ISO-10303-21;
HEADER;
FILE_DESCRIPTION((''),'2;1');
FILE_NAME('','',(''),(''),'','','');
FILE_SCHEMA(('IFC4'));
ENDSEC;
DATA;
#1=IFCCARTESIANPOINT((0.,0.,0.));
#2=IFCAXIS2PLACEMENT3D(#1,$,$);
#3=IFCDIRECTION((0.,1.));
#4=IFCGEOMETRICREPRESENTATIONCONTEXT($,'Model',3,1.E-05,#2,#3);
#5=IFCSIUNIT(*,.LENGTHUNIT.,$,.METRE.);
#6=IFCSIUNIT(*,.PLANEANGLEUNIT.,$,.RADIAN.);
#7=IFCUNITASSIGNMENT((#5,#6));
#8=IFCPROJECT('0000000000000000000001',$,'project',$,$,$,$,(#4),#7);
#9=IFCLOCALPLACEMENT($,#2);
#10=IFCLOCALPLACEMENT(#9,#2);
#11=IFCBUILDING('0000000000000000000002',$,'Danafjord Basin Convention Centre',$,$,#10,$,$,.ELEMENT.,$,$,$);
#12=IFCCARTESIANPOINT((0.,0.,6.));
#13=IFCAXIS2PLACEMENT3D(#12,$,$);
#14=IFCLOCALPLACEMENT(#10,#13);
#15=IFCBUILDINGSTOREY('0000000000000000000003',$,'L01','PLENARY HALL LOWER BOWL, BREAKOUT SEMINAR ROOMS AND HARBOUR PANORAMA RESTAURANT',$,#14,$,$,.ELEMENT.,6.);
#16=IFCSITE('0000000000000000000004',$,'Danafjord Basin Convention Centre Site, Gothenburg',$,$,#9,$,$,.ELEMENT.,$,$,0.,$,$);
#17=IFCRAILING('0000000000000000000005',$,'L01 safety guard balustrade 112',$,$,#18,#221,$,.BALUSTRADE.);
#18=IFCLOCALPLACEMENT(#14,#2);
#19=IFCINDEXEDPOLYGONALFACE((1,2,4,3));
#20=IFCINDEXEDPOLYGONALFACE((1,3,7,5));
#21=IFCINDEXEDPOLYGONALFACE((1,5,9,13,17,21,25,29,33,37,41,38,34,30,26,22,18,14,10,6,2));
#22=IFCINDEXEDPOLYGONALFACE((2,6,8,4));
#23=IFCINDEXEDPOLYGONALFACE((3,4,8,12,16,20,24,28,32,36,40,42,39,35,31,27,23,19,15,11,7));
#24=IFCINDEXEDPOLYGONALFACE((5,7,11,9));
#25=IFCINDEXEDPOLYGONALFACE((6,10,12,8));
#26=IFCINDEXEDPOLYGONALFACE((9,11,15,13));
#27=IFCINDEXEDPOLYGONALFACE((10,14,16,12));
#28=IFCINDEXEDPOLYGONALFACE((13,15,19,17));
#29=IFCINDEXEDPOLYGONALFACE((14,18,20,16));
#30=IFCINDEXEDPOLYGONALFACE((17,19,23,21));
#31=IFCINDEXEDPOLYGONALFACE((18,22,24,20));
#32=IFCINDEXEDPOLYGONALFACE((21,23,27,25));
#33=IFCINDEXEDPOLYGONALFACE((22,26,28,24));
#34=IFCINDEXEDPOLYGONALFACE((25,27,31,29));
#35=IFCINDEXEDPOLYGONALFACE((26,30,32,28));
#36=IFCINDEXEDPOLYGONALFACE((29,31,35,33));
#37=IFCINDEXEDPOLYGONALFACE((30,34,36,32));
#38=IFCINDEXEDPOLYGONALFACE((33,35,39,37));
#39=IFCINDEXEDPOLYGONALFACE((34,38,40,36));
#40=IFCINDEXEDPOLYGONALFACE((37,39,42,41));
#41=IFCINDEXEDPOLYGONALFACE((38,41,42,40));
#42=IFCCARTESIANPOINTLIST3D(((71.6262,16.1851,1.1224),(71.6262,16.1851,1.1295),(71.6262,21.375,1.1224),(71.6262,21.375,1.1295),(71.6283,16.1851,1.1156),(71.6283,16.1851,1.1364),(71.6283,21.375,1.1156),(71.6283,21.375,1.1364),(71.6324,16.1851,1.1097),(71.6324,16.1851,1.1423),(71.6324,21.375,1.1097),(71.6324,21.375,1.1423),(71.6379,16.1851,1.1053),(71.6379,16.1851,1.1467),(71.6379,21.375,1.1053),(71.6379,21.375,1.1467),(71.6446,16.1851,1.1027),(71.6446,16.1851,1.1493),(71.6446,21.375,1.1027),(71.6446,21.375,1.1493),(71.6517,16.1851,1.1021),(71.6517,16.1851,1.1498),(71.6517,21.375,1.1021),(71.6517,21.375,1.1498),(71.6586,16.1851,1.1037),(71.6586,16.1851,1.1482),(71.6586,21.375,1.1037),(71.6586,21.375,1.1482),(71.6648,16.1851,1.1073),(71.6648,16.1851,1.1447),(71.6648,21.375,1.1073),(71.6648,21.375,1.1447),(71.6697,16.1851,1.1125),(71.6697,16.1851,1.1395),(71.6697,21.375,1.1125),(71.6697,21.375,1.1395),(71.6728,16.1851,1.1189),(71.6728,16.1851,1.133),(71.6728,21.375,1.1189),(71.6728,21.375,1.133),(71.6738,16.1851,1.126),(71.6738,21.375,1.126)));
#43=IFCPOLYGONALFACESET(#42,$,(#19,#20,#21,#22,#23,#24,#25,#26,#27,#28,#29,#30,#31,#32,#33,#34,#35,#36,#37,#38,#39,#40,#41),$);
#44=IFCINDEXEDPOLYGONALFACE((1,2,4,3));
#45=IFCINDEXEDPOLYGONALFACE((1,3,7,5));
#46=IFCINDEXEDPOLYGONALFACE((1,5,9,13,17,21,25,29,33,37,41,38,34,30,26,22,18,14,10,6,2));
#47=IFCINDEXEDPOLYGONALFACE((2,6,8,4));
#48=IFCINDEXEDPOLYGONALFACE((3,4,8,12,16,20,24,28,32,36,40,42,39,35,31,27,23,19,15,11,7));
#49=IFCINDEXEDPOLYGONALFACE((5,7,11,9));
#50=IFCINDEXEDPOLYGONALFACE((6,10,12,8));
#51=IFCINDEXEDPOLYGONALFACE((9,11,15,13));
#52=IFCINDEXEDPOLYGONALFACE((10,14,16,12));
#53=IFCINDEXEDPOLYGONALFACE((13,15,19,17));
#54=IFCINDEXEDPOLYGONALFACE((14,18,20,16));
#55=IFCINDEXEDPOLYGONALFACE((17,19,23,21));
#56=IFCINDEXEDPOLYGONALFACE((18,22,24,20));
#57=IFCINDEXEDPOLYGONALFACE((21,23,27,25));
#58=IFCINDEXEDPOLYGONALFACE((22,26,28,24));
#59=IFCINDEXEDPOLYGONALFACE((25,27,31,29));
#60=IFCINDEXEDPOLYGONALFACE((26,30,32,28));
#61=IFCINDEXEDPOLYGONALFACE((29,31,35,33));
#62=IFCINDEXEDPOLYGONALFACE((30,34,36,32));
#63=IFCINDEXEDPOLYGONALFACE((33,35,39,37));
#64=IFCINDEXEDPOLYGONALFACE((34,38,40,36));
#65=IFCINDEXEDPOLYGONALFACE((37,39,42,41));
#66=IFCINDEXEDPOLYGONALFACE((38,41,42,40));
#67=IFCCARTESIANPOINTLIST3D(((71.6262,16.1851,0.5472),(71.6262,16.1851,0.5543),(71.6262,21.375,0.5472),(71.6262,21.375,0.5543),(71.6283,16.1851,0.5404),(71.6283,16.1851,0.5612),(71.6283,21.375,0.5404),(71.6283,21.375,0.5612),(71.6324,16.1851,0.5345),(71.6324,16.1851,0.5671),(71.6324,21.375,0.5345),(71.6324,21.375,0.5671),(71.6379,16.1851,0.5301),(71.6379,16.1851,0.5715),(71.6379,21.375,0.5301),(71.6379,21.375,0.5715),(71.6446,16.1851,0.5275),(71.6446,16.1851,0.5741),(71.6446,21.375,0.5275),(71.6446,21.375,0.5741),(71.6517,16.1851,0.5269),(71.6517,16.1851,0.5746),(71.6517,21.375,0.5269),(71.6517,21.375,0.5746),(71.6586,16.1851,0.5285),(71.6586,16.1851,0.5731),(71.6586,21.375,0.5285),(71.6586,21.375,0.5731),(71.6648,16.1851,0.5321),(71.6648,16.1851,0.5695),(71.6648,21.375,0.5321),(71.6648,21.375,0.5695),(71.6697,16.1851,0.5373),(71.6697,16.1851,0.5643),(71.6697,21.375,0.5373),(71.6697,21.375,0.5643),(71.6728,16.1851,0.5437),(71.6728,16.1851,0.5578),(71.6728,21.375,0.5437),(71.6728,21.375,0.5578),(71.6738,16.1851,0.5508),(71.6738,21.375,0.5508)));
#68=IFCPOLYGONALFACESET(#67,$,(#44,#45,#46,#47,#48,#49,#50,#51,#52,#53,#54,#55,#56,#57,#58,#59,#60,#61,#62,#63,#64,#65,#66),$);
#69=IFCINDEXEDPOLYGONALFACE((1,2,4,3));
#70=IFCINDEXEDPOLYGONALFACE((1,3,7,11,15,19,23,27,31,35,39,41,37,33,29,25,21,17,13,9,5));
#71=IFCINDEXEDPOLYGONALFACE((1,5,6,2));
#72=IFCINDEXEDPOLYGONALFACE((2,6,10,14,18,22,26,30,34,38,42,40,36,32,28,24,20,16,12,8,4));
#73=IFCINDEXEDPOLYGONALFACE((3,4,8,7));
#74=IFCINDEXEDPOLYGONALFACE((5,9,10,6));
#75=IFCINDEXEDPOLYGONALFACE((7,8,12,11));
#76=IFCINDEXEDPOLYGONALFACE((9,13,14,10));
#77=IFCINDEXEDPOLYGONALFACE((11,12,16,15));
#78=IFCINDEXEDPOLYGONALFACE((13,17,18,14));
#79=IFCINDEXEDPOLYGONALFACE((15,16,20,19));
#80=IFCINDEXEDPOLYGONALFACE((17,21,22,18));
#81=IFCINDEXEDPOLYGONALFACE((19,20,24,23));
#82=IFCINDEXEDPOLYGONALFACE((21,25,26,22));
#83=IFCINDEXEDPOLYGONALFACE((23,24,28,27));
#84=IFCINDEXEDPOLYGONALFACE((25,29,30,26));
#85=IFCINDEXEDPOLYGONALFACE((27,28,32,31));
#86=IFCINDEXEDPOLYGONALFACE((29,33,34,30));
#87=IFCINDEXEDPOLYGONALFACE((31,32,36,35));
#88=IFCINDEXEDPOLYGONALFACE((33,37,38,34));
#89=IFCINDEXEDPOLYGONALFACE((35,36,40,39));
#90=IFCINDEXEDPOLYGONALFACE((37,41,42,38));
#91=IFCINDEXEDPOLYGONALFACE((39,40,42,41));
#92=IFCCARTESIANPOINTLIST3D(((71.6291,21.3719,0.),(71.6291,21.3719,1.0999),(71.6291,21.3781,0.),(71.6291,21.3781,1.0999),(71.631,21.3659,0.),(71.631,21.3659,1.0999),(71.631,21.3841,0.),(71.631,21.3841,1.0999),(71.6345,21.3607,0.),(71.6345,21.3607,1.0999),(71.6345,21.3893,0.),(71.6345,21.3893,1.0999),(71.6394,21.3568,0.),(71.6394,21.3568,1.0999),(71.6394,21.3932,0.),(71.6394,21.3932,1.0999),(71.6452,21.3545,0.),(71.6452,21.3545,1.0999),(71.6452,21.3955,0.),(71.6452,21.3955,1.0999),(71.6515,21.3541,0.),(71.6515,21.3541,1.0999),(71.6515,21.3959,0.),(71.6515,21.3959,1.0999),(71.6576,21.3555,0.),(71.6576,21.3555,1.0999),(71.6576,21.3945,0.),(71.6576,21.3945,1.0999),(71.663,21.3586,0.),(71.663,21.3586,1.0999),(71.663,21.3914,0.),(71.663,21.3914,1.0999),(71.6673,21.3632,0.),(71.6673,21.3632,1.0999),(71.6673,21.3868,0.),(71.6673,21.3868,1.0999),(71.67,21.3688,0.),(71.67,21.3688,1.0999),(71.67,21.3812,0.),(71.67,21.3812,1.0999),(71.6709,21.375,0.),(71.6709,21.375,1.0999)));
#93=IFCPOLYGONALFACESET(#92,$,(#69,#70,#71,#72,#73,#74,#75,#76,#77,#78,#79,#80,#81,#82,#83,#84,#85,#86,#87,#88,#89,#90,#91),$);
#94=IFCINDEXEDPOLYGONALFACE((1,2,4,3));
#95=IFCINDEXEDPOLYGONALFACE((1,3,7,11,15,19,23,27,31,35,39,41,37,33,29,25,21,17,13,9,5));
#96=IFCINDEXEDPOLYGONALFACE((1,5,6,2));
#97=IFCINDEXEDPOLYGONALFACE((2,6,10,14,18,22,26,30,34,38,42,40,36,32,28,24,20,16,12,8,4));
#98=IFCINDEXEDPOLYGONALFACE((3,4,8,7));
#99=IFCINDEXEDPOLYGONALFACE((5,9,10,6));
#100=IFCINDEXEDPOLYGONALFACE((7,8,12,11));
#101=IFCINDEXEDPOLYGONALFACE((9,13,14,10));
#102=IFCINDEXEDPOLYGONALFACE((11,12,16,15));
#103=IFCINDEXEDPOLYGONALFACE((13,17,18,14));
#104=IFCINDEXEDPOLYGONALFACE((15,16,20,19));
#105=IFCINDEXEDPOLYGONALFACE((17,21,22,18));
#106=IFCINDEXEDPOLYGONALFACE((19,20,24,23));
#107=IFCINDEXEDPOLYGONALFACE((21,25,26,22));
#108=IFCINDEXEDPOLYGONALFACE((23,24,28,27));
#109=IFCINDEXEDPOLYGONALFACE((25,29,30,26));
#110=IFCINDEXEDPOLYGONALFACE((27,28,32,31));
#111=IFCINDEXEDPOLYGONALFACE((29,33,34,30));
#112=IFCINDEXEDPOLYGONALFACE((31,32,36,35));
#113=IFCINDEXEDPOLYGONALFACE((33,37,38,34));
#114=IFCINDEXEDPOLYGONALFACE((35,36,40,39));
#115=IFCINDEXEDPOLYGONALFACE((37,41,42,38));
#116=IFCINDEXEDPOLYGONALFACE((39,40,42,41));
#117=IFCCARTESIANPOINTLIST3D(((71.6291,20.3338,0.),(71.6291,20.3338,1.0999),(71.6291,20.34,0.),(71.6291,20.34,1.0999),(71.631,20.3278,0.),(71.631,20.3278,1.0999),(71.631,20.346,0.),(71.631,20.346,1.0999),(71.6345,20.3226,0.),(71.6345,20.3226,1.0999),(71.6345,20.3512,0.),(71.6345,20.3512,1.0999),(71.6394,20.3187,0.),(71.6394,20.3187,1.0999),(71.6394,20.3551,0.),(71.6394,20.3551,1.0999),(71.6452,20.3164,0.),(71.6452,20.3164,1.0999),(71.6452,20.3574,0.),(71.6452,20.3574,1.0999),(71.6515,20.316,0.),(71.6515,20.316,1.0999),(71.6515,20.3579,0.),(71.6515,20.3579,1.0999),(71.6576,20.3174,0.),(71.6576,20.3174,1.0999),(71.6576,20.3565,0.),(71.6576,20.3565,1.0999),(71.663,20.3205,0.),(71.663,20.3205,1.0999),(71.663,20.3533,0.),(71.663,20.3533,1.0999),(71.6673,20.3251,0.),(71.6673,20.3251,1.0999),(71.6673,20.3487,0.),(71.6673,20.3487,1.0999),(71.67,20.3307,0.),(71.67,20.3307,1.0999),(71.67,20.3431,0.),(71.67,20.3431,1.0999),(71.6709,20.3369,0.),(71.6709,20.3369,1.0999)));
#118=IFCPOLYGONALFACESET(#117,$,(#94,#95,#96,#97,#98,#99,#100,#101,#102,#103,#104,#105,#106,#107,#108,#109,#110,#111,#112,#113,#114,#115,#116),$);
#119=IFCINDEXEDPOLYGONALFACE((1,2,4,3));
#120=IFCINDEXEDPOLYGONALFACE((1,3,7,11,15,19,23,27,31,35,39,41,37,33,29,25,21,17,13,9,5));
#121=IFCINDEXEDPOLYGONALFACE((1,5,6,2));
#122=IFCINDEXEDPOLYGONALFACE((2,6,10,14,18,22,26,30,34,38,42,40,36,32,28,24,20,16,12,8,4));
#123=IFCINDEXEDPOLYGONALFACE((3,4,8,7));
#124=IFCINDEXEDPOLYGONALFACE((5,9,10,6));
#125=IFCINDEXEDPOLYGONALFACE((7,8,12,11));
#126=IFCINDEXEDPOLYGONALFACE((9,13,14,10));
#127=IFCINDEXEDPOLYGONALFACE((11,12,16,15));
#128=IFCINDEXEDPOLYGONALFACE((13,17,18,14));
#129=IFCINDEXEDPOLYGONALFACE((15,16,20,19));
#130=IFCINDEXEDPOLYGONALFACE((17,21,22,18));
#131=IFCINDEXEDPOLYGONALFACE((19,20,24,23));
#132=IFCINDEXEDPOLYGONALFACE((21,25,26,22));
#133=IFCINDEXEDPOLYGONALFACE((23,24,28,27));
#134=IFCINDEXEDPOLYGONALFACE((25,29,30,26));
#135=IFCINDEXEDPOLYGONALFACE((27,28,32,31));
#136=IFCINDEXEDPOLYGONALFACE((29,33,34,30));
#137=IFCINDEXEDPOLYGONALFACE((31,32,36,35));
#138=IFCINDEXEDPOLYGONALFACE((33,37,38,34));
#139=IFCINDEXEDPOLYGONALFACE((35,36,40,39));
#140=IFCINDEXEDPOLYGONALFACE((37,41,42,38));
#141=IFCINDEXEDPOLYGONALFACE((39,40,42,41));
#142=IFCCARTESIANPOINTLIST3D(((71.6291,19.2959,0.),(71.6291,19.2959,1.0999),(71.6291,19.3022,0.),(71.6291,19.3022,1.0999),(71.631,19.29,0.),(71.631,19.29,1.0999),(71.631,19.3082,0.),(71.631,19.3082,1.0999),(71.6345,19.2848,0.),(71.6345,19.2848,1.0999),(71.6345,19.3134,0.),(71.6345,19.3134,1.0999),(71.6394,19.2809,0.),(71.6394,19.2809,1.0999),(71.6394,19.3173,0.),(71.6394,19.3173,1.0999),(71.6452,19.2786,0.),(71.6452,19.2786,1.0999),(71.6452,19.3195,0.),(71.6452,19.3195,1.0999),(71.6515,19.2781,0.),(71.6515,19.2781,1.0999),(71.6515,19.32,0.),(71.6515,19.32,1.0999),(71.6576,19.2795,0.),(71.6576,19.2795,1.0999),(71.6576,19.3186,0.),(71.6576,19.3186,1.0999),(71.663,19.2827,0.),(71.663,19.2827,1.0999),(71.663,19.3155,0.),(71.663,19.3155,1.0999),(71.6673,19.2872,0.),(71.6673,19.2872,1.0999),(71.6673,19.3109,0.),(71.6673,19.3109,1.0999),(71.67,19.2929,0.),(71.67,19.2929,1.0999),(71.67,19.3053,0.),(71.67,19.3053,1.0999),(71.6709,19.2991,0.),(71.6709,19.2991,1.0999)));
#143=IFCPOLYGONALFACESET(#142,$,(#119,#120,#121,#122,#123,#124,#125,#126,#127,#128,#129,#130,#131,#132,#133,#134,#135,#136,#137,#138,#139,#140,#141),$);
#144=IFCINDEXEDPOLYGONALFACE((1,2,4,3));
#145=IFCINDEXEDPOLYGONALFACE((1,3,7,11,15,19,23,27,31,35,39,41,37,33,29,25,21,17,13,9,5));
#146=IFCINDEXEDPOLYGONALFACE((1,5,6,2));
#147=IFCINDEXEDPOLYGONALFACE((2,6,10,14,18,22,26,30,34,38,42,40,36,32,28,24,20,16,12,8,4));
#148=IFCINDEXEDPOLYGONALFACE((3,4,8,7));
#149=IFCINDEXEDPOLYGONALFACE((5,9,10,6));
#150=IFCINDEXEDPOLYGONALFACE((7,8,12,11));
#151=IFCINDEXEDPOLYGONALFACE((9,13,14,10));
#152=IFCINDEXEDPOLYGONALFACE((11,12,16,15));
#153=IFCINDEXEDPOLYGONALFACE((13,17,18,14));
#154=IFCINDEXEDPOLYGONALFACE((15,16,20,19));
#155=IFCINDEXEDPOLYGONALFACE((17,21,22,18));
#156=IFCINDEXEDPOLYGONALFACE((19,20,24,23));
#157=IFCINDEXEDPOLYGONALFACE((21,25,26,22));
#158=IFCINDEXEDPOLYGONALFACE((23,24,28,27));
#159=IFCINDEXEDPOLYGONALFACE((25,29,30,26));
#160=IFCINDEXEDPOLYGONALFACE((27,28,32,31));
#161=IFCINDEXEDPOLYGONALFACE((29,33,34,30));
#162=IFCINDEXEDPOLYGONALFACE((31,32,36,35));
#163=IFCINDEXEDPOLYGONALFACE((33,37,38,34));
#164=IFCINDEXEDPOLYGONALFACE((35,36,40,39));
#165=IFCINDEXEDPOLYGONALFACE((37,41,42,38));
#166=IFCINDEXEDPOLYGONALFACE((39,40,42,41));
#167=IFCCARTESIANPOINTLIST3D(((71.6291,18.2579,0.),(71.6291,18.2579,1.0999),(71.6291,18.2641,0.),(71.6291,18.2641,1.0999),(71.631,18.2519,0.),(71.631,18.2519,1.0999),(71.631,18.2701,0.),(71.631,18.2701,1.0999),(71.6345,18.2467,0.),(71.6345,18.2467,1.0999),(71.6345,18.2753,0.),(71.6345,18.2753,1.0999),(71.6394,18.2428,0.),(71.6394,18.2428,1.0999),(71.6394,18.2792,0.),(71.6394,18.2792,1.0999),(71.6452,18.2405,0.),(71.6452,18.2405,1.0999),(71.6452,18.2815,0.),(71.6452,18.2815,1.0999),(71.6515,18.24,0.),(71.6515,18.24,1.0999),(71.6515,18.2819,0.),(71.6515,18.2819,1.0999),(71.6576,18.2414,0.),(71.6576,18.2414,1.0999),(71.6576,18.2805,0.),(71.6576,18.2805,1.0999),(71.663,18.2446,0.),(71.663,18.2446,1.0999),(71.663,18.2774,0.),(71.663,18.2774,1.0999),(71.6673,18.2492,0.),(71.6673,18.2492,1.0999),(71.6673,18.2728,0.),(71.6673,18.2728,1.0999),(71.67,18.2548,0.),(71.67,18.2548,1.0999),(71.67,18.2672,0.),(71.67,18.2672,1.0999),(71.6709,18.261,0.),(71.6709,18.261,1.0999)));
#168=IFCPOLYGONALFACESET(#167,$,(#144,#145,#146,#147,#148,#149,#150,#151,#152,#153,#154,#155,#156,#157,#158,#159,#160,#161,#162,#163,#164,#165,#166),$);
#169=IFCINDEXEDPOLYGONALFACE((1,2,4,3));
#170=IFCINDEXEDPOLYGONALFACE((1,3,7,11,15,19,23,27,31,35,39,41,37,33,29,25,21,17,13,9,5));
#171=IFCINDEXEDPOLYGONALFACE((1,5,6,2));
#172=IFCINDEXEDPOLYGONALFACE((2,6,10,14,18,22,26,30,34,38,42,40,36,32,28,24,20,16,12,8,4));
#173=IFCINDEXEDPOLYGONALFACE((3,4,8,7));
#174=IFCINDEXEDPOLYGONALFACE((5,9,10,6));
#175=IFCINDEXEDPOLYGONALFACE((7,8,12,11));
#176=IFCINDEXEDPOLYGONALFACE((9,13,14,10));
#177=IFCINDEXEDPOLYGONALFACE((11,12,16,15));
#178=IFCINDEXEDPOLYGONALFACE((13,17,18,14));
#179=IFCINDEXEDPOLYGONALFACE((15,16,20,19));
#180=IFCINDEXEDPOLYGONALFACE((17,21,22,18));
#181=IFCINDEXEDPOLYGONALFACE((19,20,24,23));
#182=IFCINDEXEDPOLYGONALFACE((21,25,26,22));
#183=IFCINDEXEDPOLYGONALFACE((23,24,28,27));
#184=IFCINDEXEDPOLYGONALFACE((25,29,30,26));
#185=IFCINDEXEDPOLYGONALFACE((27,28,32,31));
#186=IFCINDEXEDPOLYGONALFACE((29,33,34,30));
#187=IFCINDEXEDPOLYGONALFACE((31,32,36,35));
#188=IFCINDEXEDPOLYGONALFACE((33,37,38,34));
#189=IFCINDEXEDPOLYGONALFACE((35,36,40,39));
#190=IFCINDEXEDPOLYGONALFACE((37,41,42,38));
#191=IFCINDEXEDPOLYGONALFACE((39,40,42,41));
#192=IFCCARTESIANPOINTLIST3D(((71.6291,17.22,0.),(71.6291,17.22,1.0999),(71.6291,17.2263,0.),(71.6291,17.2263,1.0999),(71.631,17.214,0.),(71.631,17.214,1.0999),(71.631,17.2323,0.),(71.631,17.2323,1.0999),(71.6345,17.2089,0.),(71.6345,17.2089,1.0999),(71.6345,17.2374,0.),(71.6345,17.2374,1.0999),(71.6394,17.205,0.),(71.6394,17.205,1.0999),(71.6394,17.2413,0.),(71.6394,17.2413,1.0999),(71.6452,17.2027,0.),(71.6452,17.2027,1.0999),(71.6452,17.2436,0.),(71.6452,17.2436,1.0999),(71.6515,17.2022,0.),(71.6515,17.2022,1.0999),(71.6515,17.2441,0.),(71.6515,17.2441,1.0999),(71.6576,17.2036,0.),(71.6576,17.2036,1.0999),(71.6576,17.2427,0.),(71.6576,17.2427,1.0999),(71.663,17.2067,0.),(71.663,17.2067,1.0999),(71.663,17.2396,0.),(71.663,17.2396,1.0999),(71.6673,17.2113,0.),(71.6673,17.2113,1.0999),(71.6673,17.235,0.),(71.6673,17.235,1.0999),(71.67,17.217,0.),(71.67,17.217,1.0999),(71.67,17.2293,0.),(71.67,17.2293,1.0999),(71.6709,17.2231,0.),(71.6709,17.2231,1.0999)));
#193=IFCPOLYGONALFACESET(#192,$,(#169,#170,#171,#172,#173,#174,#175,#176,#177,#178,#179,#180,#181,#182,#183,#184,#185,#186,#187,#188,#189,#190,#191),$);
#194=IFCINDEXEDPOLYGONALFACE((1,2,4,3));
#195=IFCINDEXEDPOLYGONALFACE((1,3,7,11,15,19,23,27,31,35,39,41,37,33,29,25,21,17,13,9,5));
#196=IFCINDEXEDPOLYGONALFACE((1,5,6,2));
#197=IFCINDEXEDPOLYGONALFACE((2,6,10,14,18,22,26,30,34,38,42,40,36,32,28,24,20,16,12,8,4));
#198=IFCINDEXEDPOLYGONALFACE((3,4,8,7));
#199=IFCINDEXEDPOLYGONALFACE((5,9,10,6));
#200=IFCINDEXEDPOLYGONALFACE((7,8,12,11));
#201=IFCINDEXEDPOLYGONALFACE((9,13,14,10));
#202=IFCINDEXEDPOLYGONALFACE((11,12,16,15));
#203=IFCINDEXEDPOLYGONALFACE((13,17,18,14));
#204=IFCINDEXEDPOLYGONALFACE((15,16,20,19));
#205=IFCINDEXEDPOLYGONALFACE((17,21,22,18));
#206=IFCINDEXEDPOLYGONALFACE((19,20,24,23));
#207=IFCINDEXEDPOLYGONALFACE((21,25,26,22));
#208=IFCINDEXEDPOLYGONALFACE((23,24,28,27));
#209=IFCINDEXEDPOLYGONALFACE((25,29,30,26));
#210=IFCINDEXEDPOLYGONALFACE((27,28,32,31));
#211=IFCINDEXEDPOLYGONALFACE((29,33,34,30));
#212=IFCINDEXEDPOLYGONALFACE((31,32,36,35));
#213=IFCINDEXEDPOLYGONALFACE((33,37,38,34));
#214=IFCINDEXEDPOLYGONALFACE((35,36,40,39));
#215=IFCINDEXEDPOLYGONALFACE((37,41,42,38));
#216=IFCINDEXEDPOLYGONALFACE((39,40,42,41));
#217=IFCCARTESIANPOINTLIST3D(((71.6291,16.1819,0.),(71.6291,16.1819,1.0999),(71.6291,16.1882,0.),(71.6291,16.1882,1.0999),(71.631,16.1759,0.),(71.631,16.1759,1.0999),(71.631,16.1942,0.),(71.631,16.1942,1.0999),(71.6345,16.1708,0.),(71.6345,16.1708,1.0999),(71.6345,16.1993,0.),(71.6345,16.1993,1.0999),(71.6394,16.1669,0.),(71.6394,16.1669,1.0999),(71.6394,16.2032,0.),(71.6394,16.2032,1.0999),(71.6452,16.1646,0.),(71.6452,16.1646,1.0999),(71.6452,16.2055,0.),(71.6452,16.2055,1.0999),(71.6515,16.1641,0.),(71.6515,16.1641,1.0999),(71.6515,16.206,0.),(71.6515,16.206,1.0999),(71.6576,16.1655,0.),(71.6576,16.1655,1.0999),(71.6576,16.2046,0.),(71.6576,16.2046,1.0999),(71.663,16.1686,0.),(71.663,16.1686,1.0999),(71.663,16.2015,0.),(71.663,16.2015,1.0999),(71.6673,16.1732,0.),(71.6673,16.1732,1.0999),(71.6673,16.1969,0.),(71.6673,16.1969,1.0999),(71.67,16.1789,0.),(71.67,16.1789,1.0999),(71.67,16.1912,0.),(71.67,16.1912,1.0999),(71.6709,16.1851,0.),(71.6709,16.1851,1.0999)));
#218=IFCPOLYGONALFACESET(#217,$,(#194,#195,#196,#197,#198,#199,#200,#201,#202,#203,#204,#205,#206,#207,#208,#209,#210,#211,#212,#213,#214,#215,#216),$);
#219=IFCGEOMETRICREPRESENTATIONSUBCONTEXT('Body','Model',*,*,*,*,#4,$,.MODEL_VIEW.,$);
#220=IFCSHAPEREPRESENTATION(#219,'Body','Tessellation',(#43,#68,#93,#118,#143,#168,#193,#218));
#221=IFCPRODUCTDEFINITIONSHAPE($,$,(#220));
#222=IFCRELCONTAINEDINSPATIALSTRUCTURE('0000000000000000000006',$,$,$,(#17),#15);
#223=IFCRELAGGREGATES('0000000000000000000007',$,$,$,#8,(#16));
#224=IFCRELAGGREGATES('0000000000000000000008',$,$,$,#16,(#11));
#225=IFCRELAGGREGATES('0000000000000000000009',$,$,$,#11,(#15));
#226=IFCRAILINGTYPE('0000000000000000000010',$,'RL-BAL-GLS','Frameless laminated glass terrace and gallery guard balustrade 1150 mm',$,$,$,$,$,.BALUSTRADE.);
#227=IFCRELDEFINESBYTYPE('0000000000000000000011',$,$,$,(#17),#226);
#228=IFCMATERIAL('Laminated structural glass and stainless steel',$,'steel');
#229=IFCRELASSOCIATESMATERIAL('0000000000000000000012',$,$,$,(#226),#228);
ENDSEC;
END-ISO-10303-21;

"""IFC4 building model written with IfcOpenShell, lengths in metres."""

from ifc_helpers import new_model, si_unit, direction, frame, origin, origin_2d, place, context, subcontext, project, spatial, circle, extrude, material, type_object, element, save


model = new_model("IFC4")

# Units and contexts
model_context = context("Model", 3, precision=1e-05, world=origin(), true_north=direction((0.0, 1.0)))
body_context = subcontext(model_context, "Body", "Model", "MODEL_VIEW")
ifc_project = project(units=[si_unit("LENGTHUNIT", "METRE"), si_unit("PLANEANGLEUNIT", "RADIAN")], contexts=[model_context])

# Site, building, storey
site_placement = place(None, origin())
site = spatial("IfcSite", under=ifc_project, at=site_placement, Name="Danafjord Basin Convention Centre Site, Gothenburg", CompositionType="ELEMENT", RefElevation=0.0)
building_placement = place(site_placement, origin())
building = spatial("IfcBuilding", under=site, at=building_placement, Name="Danafjord Basin Convention Centre", CompositionType="ELEMENT")
storey_placement = place(building_placement, frame((0.0, 0.0, 6.0)))
storey = spatial("IfcBuildingStorey", under=building, at=storey_placement, Name="L01", Description="PLENARY HALL LOWER BOWL, BREAKOUT SEMINAR ROOMS AND HARBOUR PANORAMA RESTAURANT", CompositionType="ELEMENT", Elevation=6.0)

# Railing
ifc_material_1 = material(Name="Laminated structural glass and stainless steel", Category="steel")
railing_type_1 = type_object("IfcRailingType", Name="RL-BAL-GLS", Description="Frameless laminated glass terrace and gallery guard balustrade 1150 mm", PredefinedType="BALUSTRADE", material=ifc_material_1)
railing_1_placement = place(storey_placement, frame((71.6499, 21.375, 0.0)))
element("IfcRailing", 1, at=railing_1_placement, inside=storey, type_object=railing_type_1, Name="L01 safety guard balustrade 112", PredefinedType="BALUSTRADE", context=body_context, shape_type="SweptSolid", body=[
    extrude(circle(Radius=0.0239, at=origin_2d()), frame((0.0, 0.0, 1.126), z_axis=(0.0, -1.0, 0.0), x_axis=(1.0, 0.0, 0.0)), (0.0, 0.0, 1.0), 5.1899),
    extrude(circle(Radius=0.0239, at=origin_2d()), frame((0.0, 0.0, 0.5508), z_axis=(0.0, -1.0, 0.0), x_axis=(1.0, 0.0, 0.0)), (0.0, 0.0, 1.0), 5.1899),
    extrude(circle(Radius=0.021, at=origin_2d()), origin(), (0.0, 0.0, 1.0), 1.0999),
    extrude(circle(Radius=0.021, at=origin_2d()), frame((0.0, -1.0381, 0.0)), (0.0, 0.0, 1.0), 1.0999),
    extrude(circle(Radius=0.021, at=origin_2d()), frame((0.0, -2.0759, 0.0)), (0.0, 0.0, 1.0), 1.0999),
    extrude(circle(Radius=0.021, at=origin_2d()), frame((0.0, -3.114, 0.0)), (0.0, 0.0, 1.0), 1.0999),
    extrude(circle(Radius=0.021, at=origin_2d()), frame((0.0, -4.1519, 0.0)), (0.0, 0.0, 1.0), 1.0999),
    extrude(circle(Radius=0.021, at=origin_2d()), frame((0.0, -5.1899, 0.0)), (0.0, 0.0, 1.0), 1.0999),
])

save(model, "model.ifc")
